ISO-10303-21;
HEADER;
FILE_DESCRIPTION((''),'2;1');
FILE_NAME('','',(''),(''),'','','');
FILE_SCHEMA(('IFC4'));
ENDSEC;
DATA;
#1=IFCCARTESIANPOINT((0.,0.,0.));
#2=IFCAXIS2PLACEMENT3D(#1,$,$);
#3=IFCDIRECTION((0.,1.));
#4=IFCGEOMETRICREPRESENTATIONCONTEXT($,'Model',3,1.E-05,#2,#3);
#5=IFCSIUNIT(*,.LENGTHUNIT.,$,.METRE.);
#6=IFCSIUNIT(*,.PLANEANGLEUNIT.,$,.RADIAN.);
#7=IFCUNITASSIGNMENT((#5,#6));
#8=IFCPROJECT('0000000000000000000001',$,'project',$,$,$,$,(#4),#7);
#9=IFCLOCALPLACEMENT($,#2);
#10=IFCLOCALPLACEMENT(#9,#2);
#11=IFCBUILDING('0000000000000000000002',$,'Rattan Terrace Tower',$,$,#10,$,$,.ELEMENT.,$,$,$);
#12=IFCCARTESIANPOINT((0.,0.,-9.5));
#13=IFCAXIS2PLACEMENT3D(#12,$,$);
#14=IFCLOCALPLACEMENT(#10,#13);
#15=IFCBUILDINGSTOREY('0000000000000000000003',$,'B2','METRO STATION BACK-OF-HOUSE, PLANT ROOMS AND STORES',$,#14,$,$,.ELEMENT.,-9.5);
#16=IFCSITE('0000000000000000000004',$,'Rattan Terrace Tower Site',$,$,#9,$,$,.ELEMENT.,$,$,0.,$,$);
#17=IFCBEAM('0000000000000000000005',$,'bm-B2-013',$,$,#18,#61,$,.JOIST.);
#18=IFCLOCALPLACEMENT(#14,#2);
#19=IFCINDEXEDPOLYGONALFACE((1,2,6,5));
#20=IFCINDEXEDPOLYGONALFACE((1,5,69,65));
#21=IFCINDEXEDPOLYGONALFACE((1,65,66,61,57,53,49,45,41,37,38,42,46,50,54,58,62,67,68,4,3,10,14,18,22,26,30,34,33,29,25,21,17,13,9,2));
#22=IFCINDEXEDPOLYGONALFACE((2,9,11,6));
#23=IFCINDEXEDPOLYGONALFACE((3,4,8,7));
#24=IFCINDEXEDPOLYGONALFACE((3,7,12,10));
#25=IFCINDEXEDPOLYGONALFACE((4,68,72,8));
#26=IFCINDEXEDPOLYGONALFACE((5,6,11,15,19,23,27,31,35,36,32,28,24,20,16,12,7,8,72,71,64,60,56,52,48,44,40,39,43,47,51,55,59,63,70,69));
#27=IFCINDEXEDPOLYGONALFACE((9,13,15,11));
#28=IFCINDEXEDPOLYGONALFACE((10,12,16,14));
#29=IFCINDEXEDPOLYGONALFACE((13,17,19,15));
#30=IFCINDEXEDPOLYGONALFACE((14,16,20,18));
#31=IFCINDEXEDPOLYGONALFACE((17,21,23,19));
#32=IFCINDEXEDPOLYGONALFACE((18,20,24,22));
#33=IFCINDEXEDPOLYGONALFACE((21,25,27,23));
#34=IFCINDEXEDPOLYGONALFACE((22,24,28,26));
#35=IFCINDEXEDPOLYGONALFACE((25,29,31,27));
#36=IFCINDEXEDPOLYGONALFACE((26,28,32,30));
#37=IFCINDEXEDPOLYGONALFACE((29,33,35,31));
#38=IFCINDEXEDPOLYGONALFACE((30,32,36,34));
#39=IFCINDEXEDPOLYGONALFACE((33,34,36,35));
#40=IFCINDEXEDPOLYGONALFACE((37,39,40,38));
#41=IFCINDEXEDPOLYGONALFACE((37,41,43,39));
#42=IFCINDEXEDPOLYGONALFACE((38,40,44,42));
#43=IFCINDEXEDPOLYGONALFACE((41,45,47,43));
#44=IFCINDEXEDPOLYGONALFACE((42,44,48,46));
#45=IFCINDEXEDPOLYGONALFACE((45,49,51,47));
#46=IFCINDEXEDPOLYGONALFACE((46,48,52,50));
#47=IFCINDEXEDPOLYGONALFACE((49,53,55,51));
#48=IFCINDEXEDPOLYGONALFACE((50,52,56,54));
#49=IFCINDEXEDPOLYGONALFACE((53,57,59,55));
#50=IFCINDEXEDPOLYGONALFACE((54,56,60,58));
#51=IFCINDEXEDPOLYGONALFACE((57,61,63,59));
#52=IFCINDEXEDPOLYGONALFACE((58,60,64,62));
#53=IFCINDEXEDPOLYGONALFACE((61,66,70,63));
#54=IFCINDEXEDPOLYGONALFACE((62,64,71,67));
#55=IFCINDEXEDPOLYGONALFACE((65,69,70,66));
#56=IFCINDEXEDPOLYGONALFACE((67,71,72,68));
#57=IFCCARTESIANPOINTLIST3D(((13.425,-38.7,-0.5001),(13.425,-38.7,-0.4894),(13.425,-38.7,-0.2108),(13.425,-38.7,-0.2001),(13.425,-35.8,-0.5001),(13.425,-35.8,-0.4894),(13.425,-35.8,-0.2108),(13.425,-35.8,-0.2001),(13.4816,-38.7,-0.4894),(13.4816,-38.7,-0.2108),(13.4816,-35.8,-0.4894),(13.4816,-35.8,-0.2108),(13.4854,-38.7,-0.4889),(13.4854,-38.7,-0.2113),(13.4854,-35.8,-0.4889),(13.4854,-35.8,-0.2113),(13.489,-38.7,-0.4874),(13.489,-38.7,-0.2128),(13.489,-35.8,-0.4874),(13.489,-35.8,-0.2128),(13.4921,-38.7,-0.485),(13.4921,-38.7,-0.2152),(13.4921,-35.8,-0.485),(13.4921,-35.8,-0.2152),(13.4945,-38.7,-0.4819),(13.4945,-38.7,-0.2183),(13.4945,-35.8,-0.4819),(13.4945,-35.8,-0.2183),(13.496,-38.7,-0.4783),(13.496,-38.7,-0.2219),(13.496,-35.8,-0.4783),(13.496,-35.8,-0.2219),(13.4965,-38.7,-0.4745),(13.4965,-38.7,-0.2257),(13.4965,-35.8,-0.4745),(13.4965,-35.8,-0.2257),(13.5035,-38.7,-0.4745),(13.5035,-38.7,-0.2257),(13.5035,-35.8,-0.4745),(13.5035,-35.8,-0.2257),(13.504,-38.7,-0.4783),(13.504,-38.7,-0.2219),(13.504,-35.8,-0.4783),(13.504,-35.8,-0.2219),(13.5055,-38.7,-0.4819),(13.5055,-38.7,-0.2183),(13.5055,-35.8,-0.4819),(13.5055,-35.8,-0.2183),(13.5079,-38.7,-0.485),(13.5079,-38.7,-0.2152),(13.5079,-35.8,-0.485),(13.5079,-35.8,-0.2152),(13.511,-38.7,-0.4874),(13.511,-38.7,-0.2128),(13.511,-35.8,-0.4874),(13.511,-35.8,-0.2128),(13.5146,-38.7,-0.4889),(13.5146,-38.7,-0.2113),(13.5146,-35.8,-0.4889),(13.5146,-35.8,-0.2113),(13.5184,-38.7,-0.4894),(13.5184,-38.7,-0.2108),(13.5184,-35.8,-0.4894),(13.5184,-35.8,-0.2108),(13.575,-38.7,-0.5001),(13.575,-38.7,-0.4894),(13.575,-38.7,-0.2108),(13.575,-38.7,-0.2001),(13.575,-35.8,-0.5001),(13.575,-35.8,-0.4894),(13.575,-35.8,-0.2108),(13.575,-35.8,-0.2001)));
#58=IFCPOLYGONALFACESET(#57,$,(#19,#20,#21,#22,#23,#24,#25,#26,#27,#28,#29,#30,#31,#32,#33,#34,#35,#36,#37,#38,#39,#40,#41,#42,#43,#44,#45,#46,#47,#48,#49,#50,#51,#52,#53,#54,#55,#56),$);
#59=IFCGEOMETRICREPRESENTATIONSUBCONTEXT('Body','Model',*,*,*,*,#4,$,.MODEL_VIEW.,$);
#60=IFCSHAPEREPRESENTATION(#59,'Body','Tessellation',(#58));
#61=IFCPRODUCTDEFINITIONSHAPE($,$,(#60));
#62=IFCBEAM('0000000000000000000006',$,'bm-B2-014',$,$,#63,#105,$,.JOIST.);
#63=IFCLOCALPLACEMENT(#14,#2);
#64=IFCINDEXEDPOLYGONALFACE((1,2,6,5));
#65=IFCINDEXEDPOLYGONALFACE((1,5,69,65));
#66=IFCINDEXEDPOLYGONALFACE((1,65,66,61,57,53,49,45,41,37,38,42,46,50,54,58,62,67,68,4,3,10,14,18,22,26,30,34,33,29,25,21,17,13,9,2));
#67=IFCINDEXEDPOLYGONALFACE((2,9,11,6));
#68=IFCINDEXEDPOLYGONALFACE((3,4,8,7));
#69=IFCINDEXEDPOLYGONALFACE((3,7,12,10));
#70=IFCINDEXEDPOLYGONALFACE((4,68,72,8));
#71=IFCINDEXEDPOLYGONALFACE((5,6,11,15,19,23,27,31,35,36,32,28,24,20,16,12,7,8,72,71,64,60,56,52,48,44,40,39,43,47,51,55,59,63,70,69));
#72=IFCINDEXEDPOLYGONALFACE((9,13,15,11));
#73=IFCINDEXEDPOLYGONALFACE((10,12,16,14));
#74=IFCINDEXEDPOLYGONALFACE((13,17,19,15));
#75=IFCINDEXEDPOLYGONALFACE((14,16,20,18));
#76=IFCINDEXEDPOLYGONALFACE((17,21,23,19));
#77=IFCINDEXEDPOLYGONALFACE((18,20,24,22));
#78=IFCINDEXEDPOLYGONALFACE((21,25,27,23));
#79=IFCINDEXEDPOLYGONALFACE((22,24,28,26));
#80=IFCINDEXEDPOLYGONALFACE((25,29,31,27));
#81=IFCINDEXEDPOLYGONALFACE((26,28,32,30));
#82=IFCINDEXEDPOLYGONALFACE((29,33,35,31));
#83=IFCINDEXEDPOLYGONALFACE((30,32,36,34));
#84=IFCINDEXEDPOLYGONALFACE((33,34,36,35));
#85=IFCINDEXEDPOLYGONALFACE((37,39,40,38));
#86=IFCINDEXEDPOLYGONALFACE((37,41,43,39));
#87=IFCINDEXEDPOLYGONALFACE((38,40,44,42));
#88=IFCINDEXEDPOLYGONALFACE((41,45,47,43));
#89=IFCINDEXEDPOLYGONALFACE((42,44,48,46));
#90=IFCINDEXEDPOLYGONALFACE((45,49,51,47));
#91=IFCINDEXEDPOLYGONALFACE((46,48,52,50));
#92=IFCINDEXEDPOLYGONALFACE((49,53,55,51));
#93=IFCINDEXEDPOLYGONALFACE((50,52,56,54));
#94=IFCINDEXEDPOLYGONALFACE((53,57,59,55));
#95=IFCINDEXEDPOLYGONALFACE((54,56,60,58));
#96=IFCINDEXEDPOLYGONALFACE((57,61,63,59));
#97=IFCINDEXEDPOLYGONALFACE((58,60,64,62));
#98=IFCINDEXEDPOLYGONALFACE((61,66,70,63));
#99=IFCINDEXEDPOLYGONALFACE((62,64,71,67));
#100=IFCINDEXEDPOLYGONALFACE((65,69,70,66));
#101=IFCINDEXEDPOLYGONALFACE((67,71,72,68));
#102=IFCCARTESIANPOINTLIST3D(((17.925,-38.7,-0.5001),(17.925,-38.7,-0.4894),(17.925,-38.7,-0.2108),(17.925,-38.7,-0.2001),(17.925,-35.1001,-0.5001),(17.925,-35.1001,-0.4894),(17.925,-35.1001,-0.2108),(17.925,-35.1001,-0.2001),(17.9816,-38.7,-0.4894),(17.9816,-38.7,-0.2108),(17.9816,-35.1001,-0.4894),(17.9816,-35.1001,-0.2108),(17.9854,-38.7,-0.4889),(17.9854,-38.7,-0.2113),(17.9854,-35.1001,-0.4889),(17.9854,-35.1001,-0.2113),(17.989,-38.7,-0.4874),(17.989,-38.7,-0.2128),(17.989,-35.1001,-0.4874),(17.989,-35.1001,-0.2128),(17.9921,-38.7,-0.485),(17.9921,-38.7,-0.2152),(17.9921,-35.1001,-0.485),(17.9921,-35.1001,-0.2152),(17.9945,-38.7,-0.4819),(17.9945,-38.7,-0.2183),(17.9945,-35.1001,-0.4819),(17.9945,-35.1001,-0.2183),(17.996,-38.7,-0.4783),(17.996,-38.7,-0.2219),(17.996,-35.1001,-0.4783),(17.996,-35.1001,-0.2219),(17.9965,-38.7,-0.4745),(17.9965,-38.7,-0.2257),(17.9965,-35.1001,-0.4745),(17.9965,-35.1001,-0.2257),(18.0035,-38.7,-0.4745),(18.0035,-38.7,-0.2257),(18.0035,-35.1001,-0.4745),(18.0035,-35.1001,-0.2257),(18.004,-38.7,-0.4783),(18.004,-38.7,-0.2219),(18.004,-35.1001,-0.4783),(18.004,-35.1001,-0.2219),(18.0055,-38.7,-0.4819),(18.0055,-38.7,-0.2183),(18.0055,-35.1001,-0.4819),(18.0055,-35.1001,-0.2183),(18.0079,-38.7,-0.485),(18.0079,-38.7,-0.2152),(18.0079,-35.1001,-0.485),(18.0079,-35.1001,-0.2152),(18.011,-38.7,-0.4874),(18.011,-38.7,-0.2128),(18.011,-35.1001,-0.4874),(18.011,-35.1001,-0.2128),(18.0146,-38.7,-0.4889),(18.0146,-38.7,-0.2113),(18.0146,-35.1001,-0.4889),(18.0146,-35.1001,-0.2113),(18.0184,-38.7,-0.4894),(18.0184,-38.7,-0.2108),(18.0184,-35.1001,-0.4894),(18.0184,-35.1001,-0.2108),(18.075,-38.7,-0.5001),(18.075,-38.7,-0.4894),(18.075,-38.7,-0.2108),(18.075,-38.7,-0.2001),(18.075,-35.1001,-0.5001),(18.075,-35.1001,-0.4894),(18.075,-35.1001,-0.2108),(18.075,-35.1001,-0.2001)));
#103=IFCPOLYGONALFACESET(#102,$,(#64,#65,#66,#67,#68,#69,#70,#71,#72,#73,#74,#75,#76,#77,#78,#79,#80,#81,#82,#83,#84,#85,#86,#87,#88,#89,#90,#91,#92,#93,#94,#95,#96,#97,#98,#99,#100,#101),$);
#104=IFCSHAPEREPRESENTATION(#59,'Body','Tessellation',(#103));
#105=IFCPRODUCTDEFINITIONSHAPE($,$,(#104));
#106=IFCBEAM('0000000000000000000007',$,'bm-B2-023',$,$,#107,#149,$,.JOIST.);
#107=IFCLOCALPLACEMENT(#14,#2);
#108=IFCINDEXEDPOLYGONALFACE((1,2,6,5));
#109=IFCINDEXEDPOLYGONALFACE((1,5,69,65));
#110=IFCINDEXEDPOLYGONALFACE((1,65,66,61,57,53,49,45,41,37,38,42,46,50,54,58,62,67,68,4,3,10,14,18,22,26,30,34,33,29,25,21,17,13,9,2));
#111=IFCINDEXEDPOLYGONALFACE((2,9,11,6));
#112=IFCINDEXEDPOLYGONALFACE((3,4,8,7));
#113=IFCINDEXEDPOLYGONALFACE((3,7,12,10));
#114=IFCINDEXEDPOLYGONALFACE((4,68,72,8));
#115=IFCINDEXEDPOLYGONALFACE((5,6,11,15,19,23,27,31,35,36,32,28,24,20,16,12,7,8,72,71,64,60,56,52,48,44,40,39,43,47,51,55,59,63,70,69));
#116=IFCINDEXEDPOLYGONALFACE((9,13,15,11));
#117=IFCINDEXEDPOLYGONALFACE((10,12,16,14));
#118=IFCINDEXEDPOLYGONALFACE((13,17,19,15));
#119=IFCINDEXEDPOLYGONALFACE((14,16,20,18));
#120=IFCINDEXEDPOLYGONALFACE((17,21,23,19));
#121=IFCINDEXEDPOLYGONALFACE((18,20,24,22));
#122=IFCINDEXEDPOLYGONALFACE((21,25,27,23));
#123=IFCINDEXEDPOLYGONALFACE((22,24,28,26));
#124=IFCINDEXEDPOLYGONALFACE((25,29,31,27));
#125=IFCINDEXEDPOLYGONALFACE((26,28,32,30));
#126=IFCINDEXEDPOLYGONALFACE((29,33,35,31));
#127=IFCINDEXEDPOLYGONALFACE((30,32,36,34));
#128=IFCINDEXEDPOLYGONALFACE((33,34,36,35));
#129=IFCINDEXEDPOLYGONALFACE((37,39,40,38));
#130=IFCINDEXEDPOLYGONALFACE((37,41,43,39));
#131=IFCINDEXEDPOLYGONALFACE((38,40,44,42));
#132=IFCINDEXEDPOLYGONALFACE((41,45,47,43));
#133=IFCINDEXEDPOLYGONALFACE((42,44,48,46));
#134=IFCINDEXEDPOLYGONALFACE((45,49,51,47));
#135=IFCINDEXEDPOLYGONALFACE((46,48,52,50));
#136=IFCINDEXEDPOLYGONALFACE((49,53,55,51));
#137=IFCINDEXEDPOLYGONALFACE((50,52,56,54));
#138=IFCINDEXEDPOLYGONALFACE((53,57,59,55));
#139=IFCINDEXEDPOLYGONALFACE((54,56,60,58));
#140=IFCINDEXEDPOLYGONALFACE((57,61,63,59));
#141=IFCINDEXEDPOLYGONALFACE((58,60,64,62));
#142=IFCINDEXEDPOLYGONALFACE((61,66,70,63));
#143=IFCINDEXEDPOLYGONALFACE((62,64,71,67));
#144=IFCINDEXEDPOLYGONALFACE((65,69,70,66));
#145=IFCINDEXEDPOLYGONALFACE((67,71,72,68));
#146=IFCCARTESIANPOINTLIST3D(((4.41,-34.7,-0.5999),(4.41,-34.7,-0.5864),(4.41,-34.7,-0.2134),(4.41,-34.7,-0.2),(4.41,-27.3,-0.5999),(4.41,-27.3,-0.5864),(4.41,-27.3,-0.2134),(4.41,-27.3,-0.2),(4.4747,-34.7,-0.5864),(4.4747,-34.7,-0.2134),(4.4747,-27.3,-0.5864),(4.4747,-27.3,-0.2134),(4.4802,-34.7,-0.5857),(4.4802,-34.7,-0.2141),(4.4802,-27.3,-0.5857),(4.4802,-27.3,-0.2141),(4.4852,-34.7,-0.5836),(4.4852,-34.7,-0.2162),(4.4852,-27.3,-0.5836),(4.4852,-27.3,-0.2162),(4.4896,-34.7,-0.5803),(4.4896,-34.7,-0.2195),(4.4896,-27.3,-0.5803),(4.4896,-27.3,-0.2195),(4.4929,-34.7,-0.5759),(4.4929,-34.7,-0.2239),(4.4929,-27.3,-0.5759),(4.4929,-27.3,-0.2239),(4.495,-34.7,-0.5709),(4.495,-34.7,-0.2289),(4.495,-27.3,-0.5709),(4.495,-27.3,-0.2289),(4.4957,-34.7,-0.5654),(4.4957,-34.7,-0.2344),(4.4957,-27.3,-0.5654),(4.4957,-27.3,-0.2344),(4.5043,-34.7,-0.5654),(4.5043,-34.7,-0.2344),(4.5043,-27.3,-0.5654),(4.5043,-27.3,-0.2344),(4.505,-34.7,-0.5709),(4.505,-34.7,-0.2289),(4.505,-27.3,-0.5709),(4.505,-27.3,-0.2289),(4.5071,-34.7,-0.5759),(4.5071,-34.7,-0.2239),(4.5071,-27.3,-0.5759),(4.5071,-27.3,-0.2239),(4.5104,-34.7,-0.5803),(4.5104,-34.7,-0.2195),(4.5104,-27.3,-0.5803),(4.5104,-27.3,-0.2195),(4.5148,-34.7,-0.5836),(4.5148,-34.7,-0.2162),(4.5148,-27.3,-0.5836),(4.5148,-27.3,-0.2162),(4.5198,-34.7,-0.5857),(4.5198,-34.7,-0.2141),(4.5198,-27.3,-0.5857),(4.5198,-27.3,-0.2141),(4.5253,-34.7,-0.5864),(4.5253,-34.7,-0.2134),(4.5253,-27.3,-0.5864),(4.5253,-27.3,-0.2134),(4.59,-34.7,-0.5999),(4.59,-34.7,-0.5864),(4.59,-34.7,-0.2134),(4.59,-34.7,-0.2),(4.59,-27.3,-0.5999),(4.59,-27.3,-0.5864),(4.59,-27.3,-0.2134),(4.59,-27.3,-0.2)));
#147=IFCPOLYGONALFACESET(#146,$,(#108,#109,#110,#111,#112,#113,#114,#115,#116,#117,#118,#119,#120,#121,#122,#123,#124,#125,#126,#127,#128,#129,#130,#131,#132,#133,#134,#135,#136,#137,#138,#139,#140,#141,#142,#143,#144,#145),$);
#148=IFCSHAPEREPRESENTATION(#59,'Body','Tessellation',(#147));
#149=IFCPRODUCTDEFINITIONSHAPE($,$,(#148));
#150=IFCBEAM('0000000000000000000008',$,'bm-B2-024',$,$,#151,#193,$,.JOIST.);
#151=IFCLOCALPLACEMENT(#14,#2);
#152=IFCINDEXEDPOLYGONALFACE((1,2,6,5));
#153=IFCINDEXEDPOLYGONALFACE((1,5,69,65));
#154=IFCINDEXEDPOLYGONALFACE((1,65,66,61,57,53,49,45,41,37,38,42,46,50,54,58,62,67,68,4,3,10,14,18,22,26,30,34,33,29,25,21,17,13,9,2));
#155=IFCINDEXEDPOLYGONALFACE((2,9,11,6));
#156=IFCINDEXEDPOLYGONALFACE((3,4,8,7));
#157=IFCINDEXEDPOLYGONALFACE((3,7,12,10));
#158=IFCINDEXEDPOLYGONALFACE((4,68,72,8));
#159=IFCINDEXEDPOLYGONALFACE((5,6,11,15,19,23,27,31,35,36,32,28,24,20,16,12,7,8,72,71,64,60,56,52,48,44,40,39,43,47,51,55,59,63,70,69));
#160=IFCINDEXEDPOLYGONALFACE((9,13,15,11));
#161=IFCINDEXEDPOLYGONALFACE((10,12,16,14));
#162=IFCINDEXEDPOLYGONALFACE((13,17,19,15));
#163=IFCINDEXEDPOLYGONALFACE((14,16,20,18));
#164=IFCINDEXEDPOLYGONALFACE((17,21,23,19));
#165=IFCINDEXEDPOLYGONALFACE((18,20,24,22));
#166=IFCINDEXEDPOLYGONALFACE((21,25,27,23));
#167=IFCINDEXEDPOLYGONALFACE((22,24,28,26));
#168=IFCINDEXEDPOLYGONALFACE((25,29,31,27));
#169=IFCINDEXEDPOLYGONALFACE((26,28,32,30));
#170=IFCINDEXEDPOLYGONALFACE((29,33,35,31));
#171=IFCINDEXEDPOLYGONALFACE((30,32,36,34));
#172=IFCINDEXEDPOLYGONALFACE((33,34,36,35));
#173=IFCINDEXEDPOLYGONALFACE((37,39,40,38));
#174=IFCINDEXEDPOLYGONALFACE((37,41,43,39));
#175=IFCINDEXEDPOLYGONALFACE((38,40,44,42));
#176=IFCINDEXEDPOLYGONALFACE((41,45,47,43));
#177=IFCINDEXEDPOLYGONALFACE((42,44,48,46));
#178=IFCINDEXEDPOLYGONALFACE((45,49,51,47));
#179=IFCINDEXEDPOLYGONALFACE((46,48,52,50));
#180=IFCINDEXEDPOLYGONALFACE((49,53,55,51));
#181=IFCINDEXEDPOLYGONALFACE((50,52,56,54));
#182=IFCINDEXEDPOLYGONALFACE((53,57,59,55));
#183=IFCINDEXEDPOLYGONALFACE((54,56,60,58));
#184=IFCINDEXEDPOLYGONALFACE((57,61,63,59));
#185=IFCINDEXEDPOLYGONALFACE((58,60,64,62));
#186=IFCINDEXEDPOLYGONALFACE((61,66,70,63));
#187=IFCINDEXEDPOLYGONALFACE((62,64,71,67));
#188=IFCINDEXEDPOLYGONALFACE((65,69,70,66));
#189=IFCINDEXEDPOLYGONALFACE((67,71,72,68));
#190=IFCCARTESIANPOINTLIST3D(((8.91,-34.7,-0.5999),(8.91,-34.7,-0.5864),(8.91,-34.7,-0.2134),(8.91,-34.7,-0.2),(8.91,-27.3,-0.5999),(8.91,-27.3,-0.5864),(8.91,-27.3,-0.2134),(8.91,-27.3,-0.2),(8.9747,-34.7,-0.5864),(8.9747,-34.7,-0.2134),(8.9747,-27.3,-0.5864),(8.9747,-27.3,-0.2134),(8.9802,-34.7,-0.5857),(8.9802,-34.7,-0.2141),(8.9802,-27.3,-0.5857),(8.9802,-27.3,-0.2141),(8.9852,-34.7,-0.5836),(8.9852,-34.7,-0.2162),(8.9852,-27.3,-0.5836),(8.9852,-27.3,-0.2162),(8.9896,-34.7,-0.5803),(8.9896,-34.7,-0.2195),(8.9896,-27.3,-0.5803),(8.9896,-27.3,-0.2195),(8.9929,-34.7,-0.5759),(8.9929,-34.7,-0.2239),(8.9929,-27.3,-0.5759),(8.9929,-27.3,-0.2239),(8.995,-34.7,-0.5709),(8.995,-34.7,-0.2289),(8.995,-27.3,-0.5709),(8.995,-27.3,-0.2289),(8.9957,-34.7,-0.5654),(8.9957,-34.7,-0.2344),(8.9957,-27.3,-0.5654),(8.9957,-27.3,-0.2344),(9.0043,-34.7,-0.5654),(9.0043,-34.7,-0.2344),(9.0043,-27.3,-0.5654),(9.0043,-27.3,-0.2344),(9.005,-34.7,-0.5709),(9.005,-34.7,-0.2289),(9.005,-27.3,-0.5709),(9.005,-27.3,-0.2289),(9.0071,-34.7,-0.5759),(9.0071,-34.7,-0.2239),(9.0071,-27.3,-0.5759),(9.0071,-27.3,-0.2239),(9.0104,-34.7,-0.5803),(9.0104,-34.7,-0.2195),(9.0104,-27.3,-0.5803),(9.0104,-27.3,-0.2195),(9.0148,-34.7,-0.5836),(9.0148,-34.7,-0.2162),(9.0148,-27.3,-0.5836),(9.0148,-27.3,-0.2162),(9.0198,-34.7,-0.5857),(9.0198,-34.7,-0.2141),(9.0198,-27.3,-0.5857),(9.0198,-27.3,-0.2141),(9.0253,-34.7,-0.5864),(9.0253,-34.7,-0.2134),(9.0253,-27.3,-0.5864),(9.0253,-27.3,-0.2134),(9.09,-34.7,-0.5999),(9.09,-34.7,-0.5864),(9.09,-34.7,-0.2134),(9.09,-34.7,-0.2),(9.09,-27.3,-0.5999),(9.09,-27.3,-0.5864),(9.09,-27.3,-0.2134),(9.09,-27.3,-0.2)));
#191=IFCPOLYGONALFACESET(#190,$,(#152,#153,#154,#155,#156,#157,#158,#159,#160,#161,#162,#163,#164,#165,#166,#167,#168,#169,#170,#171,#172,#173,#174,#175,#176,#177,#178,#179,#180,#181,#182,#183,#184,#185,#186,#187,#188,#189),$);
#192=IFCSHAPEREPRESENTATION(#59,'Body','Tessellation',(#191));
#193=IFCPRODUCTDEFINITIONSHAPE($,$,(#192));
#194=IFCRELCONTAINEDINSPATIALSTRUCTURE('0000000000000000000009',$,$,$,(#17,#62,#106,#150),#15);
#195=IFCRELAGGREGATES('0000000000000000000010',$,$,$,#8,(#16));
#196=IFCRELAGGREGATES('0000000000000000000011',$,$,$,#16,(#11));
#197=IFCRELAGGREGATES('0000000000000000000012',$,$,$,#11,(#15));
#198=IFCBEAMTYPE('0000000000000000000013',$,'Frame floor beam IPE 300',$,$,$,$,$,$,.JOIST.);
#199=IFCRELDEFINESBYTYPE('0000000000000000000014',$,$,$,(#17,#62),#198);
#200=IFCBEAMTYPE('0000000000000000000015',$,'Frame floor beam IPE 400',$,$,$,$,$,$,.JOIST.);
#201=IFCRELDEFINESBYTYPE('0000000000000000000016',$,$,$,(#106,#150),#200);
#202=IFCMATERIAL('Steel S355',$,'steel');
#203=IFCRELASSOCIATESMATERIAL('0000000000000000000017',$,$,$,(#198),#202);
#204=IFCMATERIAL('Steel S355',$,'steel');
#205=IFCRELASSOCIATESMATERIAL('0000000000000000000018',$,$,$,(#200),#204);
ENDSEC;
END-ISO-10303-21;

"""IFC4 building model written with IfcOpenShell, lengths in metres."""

from ifc_helpers import new_model, si_unit, direction, frame, origin, origin_2d, place, context, subcontext, project, spatial, i_section, extrude, material, material_profile, profile_set, type_object, element, save


model = new_model("IFC4")

# Units and contexts
model_context = context("Model", 3, precision=1e-05, world=origin(), true_north=direction((0.0, 1.0)))
body_context = subcontext(model_context, "Body", "Model", "MODEL_VIEW")
ifc_project = project(units=[si_unit("LENGTHUNIT", "METRE"), si_unit("PLANEANGLEUNIT", "RADIAN")], contexts=[model_context])

# Site, building, storey
site_placement = place(None, origin())
site = spatial("IfcSite", under=ifc_project, at=site_placement, Name="Rattan Terrace Tower Site", CompositionType="ELEMENT", RefElevation=0.0)
building_placement = place(site_placement, origin())
building = spatial("IfcBuilding", under=site, at=building_placement, Name="Rattan Terrace Tower", CompositionType="ELEMENT")
storey_placement = place(building_placement, frame((0.0, 0.0, -9.5)))
storey = spatial("IfcBuildingStorey", under=building, at=storey_placement, Name="B2", Description="METRO STATION BACK-OF-HOUSE, PLANT ROOMS AND STORES", CompositionType="ELEMENT", Elevation=-9.5)

# Beams
ifc_material_1 = material(Name="Steel S355", Category="steel")
ifc_material_profile_1 = material_profile(ifc_material_1, i_section(OverallWidth=0.1499, OverallDepth=0.3, WebThickness=0.0071, FlangeThickness=0.0107, FilletRadius=0.0149, at=origin_2d()), Name="IPE 300")
ifc_profile_set_1 = profile_set([ifc_material_profile_1], Name="Steel S355")
beam_type_1 = type_object("IfcBeamType", Name="Frame floor beam IPE 300", PredefinedType="JOIST", material=ifc_profile_set_1)
beam_1_placement = place(storey_placement, frame((13.5, -38.7, -0.3501), z_axis=(0.0, 1.0, 0.0), x_axis=(-1.0, 0.0, 0.0)))
element("IfcBeam", 1, at=beam_1_placement, inside=storey, type_object=beam_type_1, Name="bm-B2-013", PredefinedType="JOIST", context=body_context, shape_type="SweptSolid", body=[
    extrude(i_section(OverallWidth=0.1499, OverallDepth=0.3, WebThickness=0.0071, FlangeThickness=0.0107, FilletRadius=0.0149, at=origin_2d()), origin(), (0.0, 0.0, 1.0), 2.8999),
])
beam_2_placement = place(storey_placement, frame((18.0, -38.7, -0.3501), z_axis=(0.0, 1.0, 0.0), x_axis=(-1.0, 0.0, 0.0)))
element("IfcBeam", 2, at=beam_2_placement, inside=storey, type_object=beam_type_1, Name="bm-B2-014", PredefinedType="JOIST", context=body_context, shape_type="SweptSolid", body=[
    extrude(i_section(OverallWidth=0.1499, OverallDepth=0.3, WebThickness=0.0071, FlangeThickness=0.0107, FilletRadius=0.0149, at=origin_2d()), origin(), (0.0, 0.0, 1.0), 3.5999),
])
ifc_material_2 = material(Name="Steel S355", Category="steel")
ifc_material_profile_2 = material_profile(ifc_material_2, i_section(OverallWidth=0.1799, OverallDepth=0.3999, WebThickness=0.0085, FlangeThickness=0.0134, FilletRadius=0.021, at=origin_2d()), Name="IPE 400")
ifc_profile_set_2 = profile_set([ifc_material_profile_2], Name="Steel S355")
beam_type_2 = type_object("IfcBeamType", Name="Frame floor beam IPE 400", PredefinedType="JOIST", material=ifc_profile_set_2)
for number, where, z_axis, x_axis, name in (
    (3, (4.5, -34.7, -0.3999), (0.0, 1.0, 0.0), (-1.0, 0.0, 0.0), "bm-B2-023"),
    (4, (9.0, -34.7, -0.3999), (0.0, 1.0, 0.0), (-1.0, 0.0, 0.0), "bm-B2-024"),
):
    element("IfcBeam", number, at=place(storey_placement, frame(where, z_axis=z_axis, x_axis=x_axis)), inside=storey, type_object=beam_type_2, Name=name, PredefinedType="JOIST", context=body_context, shape_type="SweptSolid", body=[
        extrude(i_section(OverallWidth=0.1799, OverallDepth=0.3999, WebThickness=0.0085, FlangeThickness=0.0134, FilletRadius=0.021, at=origin_2d()), origin(), (0.0, 0.0, 1.0), 7.3999),
    ])

save(model, "model.ifc")
